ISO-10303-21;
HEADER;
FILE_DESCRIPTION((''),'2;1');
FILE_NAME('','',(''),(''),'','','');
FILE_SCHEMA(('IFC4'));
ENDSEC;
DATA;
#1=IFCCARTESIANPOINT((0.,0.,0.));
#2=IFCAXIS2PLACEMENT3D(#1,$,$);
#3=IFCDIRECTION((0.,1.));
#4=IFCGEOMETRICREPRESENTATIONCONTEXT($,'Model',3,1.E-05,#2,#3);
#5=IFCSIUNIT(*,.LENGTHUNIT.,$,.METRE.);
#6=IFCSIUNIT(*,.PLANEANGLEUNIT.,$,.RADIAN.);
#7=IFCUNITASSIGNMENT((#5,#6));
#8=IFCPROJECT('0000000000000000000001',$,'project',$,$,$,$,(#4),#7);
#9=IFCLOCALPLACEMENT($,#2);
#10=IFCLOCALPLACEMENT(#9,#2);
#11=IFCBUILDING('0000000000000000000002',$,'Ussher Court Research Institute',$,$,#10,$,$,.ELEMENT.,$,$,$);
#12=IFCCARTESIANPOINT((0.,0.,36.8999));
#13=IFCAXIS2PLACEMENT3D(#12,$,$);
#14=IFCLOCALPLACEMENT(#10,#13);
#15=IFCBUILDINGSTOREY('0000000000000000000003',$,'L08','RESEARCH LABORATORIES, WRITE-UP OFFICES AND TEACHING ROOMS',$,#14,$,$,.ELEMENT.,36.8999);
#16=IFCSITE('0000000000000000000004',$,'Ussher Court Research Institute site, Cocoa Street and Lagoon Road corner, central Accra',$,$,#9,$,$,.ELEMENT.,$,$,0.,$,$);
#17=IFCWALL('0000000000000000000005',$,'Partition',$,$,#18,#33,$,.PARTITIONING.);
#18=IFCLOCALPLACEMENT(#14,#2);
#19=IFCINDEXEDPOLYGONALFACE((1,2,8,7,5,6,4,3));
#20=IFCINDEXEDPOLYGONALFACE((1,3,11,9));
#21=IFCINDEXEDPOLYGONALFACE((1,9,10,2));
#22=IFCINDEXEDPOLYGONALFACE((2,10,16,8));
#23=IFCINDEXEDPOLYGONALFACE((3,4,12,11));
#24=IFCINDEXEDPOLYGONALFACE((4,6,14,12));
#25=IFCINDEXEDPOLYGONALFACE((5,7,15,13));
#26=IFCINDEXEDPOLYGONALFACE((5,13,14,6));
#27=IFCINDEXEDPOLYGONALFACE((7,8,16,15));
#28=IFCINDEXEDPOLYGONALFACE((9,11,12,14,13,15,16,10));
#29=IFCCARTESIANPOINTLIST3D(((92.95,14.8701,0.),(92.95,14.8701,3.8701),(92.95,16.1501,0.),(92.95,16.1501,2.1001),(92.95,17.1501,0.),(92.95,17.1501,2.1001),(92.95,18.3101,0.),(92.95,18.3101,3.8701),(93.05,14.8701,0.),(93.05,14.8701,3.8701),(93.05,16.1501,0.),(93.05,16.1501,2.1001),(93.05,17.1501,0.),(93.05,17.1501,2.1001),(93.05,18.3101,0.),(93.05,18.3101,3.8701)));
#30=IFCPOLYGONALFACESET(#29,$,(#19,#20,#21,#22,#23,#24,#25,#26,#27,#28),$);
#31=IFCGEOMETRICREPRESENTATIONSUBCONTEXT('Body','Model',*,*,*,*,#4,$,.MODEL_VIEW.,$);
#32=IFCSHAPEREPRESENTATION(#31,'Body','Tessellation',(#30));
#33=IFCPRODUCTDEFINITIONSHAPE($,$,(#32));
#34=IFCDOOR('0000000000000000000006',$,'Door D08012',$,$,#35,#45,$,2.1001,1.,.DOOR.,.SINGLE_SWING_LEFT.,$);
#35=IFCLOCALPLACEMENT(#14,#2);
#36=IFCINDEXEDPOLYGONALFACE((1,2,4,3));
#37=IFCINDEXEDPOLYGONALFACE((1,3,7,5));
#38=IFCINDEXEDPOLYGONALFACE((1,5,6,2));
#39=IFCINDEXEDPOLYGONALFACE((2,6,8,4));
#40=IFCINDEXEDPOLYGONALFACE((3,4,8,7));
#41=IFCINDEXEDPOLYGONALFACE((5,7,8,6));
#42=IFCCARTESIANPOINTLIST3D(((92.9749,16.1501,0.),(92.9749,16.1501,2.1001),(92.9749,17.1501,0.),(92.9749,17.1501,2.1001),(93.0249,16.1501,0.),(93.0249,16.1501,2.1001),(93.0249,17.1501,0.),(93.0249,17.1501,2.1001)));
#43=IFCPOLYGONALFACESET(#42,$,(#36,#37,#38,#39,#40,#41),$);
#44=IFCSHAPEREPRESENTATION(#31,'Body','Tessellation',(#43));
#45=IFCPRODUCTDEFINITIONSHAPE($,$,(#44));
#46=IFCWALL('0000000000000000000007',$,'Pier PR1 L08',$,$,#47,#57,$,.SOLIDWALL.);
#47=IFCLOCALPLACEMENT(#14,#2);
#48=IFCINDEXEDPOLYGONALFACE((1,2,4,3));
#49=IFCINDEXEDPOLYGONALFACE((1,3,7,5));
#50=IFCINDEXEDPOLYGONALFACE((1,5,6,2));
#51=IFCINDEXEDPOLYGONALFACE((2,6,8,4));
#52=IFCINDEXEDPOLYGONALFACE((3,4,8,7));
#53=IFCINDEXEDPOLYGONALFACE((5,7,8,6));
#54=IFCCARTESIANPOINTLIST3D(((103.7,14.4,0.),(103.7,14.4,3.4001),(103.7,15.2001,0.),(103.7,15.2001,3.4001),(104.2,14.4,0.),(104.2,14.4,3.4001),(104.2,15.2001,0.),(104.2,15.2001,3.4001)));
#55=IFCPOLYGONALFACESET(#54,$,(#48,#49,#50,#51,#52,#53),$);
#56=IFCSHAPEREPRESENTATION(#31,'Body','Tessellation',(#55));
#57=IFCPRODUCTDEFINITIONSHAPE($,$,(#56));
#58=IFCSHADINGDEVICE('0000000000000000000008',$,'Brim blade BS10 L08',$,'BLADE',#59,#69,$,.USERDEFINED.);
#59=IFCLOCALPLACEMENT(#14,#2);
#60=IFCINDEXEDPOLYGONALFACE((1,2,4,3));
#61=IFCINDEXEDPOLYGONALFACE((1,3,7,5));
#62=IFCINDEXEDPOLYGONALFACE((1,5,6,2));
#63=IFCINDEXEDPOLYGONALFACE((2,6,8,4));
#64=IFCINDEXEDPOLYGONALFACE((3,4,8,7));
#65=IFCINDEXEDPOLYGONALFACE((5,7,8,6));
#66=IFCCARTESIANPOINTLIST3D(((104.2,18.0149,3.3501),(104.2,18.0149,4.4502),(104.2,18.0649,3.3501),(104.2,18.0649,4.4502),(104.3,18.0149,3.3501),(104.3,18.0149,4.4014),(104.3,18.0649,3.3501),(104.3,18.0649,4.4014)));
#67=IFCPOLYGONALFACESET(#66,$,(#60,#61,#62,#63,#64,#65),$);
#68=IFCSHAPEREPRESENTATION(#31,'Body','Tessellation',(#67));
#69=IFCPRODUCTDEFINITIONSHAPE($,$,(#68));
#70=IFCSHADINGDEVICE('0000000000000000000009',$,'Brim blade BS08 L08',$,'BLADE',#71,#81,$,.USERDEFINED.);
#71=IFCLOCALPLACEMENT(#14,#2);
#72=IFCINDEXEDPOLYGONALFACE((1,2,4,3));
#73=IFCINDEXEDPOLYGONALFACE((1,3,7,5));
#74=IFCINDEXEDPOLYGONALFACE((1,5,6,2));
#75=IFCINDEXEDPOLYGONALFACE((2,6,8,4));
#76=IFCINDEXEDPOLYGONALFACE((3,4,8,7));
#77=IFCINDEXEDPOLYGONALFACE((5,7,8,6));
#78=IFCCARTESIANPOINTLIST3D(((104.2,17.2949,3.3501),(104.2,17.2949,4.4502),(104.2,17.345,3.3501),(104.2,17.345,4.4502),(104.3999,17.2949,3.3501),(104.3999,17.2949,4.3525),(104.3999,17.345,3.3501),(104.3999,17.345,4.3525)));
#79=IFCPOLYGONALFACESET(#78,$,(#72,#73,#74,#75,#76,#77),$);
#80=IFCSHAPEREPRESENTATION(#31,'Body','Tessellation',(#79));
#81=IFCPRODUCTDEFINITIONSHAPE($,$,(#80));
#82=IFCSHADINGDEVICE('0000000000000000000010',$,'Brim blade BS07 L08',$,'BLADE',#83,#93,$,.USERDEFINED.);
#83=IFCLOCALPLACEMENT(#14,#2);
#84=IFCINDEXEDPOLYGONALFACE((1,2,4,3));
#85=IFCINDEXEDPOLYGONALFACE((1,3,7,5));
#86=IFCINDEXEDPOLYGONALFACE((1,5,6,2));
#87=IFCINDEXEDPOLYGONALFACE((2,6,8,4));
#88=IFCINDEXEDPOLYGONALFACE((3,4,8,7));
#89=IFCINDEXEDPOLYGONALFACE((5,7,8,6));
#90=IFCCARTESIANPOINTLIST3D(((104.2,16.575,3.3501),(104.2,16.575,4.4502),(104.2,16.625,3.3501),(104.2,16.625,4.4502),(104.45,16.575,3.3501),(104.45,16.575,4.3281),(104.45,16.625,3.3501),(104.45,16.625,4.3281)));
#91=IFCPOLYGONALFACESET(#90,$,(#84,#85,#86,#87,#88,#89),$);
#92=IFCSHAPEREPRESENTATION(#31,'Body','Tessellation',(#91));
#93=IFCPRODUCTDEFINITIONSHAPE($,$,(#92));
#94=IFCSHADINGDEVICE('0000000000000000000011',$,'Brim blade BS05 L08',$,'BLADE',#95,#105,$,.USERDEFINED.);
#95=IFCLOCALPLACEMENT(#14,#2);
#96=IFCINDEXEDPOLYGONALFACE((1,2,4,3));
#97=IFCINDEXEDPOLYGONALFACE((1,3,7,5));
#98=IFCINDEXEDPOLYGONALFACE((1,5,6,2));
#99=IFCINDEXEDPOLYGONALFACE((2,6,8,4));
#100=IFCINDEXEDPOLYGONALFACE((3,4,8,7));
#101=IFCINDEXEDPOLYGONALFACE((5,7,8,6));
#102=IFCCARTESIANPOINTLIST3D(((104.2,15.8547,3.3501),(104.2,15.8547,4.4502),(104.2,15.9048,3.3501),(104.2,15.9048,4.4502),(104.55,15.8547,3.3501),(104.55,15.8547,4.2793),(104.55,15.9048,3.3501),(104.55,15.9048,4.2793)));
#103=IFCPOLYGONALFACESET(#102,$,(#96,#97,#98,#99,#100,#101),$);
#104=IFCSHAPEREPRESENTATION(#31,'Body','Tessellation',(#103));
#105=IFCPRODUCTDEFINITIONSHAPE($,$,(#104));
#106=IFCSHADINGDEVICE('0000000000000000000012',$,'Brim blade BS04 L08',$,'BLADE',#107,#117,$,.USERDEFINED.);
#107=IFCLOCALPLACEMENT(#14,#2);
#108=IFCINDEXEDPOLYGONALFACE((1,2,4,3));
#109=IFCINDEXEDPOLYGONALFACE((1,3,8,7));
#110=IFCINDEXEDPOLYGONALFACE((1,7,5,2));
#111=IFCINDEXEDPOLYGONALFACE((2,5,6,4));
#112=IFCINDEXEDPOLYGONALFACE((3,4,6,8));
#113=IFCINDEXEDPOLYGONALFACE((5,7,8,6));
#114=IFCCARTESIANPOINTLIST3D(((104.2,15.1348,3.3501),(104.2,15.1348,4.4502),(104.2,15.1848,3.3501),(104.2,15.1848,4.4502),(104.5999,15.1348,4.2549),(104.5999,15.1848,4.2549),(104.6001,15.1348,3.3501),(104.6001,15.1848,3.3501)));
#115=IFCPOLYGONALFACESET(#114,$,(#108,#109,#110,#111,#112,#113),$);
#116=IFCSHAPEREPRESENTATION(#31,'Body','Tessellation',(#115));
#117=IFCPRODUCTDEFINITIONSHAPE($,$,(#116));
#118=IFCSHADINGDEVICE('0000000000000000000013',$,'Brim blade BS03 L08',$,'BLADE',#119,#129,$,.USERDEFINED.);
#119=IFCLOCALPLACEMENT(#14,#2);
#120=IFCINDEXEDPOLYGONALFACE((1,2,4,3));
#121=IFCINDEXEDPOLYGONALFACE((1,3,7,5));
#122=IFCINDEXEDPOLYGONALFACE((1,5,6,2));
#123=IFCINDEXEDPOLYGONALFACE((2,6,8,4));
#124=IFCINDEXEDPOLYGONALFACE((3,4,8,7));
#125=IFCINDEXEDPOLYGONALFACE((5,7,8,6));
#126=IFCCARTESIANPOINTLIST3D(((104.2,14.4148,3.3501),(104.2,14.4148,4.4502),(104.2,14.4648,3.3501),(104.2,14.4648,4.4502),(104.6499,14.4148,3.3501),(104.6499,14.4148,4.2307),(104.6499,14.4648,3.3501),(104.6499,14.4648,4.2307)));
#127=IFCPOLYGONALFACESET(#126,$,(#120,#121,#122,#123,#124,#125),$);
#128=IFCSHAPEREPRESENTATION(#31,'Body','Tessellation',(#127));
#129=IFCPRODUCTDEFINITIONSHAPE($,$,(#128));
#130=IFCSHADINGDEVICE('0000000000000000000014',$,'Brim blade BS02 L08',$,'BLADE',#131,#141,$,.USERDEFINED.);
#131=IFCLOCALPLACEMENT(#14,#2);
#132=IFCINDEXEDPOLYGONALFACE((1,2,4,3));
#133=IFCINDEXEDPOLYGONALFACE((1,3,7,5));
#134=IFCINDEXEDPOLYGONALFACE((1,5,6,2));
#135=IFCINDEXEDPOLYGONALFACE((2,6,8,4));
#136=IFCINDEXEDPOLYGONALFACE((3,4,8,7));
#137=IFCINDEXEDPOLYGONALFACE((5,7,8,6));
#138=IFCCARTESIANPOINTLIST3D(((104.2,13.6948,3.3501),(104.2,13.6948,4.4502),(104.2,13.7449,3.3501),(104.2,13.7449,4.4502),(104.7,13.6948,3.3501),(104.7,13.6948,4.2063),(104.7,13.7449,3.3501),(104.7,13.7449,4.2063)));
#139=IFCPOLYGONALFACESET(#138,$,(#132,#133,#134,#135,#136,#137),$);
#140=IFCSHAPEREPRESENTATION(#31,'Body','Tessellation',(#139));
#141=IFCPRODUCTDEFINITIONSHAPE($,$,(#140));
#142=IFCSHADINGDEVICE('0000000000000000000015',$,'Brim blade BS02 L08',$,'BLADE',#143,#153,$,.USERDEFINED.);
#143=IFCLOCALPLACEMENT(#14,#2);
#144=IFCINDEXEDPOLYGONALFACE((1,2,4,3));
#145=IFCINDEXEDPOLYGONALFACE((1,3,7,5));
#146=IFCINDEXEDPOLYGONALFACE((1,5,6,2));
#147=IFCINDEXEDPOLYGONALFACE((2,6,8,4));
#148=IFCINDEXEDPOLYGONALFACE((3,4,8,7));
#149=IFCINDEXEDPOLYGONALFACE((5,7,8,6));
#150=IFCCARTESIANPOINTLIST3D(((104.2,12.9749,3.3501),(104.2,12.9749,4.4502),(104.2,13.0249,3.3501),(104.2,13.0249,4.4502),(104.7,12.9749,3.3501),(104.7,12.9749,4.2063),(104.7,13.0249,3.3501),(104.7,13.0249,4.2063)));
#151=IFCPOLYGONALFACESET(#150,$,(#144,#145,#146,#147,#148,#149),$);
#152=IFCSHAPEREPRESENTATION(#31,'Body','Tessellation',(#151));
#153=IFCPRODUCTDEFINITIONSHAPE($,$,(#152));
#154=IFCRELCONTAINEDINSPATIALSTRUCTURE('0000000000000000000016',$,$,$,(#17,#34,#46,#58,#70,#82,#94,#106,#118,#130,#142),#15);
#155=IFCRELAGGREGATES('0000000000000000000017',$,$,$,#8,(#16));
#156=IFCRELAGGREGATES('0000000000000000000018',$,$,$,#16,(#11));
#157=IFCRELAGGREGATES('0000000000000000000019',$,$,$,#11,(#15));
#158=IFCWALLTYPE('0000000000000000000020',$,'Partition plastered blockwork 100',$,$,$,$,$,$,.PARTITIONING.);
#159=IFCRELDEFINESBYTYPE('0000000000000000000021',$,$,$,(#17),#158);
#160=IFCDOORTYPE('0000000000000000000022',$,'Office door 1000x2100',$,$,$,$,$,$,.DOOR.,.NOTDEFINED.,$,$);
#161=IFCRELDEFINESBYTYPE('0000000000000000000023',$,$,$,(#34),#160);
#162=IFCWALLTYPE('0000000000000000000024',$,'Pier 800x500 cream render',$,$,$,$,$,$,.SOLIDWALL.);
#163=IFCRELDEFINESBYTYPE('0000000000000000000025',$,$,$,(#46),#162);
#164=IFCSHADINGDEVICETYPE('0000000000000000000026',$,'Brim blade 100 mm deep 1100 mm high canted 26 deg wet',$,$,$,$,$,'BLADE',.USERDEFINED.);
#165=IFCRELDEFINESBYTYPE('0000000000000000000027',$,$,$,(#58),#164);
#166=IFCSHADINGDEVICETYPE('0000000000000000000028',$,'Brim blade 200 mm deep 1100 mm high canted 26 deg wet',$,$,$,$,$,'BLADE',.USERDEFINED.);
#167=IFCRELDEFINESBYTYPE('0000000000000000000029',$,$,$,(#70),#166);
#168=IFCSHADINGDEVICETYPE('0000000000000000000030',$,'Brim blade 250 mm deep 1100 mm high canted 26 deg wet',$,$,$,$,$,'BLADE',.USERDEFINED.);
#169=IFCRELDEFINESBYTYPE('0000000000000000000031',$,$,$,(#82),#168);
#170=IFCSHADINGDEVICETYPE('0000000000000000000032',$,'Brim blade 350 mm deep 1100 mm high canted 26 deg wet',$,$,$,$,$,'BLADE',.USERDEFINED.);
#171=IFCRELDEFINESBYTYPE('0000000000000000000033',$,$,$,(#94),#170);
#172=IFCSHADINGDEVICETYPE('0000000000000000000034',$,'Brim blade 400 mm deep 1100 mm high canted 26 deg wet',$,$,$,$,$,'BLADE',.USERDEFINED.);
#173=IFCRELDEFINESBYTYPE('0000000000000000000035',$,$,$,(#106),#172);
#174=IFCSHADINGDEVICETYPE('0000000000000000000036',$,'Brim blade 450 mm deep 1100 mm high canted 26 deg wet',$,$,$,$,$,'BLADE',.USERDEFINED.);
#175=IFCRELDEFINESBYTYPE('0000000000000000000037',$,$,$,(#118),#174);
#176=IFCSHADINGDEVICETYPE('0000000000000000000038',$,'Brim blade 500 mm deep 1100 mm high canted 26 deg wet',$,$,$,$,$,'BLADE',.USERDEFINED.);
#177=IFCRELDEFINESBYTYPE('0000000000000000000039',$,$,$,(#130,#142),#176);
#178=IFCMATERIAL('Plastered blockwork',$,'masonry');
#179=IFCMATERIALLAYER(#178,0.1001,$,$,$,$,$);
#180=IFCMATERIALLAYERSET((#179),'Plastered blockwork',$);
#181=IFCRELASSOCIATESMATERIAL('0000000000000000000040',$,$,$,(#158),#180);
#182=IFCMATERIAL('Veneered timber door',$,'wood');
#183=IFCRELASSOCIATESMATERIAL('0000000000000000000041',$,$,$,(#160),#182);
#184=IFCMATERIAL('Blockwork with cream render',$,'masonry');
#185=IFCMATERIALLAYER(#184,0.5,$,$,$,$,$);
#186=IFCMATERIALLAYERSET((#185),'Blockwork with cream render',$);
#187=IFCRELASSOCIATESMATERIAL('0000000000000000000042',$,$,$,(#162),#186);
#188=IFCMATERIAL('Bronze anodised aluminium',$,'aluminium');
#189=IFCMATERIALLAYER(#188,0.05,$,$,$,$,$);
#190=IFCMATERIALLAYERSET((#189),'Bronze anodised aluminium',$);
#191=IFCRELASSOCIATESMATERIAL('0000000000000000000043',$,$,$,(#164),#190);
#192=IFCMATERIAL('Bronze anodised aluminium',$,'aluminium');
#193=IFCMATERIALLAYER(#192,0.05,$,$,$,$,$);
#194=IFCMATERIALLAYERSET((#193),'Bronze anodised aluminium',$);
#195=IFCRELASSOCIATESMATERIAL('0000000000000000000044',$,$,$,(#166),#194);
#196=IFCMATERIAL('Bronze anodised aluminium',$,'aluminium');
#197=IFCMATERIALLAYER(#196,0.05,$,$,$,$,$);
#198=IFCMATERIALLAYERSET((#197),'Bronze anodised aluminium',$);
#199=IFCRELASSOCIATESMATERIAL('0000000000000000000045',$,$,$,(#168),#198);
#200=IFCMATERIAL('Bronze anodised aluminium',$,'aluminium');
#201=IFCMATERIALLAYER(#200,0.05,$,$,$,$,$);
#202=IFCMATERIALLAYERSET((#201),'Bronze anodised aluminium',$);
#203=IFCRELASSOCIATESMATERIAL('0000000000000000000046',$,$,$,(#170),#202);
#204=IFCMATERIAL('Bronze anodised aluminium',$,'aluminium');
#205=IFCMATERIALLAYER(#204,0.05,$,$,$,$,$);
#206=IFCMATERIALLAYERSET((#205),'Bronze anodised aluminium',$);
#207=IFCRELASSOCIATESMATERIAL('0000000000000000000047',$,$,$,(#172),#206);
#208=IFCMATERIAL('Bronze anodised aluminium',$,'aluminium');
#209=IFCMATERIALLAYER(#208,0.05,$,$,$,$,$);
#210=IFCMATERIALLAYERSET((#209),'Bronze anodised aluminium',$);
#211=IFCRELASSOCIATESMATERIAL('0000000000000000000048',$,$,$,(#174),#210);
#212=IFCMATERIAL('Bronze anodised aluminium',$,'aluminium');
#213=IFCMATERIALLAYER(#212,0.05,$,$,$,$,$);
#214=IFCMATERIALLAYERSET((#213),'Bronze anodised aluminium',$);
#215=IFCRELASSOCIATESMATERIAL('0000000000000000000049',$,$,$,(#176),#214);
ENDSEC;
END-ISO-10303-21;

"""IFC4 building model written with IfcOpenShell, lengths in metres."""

from ifc_helpers import new_model, si_unit, direction, frame, frame_2d, origin, place, context, subcontext, project, spatial, polyline, rectangle, outline, extrude, material, layer, layer_set, type_object, element, fill, save


model = new_model("IFC4")

# Units and contexts
model_context = context("Model", 3, precision=1e-05, world=origin(), true_north=direction((0.0, 1.0)))
body_context = subcontext(model_context, "Body", "Model", "MODEL_VIEW")
ifc_project = project(units=[si_unit("LENGTHUNIT", "METRE"), si_unit("PLANEANGLEUNIT", "RADIAN")], contexts=[model_context])

# Site, building, storey
site_placement = place(None, origin())
site = spatial("IfcSite", under=ifc_project, at=site_placement, Name="Ussher Court Research Institute site, Cocoa Street and Lagoon Road corner, central Accra", CompositionType="ELEMENT", RefElevation=0.0)
building_placement = place(site_placement, origin())
building = spatial("IfcBuilding", under=site, at=building_placement, Name="Ussher Court Research Institute", CompositionType="ELEMENT")
storey_placement = place(building_placement, frame((0.0, 0.0, 36.8999)))
storey = spatial("IfcBuildingStorey", under=building, at=storey_placement, Name="L08", Description="RESEARCH LABORATORIES, WRITE-UP OFFICES AND TEACHING ROOMS", CompositionType="ELEMENT", Elevation=36.8999)

# Wall, opening, door
ifc_material_1 = material(Name="Plastered blockwork", Category="masonry")
ifc_layer_1 = layer(ifc_material_1, 0.1001)
ifc_layer_set_1 = layer_set([ifc_layer_1], Name="Plastered blockwork")
wall_type_1 = type_object("IfcWallType", Name="Partition plastered blockwork 100", PredefinedType="PARTITIONING", material=ifc_layer_set_1)
wall_1_placement = place(storey_placement, frame((93.0, 18.3101, 0.0), z_axis=(0.0, 0.0, 1.0), x_axis=(0.0, -1.0, 0.0)))
wall_1 = element("IfcWall", 1, at=wall_1_placement, inside=storey, type_object=wall_type_1, Name="Partition", PredefinedType="PARTITIONING", context=body_context, shape_type="SweptSolid", body=[
    extrude(rectangle(XDim=3.4399, YDim=0.1001, at=frame_2d((1.72, 0.0))), origin(), (0.0, 0.0, 1.0), 3.8701),
])
opening_1_placement = place(wall_1_placement, frame((1.1599, 0.0, 0.0)))
opening_1 = element("IfcOpeningElement", 2, at=opening_1_placement, cuts=wall_1, PredefinedType="OPENING", context=body_context, shape_type="SweptSolid", body=[
    extrude(rectangle(XDim=1.0, YDim=2.1001, at=frame_2d((0.5, 1.05))), frame((0.0, 0.0601, 0.0), z_axis=(0.0, -1.0, 0.0), x_axis=(1.0, 0.0, 0.0)), (0.0, 0.0, 1.0), 0.1201),
])
ifc_material_2 = material(Name="Veneered timber door", Category="wood")
door_type_1 = type_object("IfcDoorType", Name="Office door 1000x2100", OperationType="NOTDEFINED", PredefinedType="DOOR", material=ifc_material_2)
door_1_placement = place(opening_1_placement, origin())
door_1 = element("IfcDoor", 3, at=door_1_placement, inside=storey, type_object=door_type_1, Name="Door D08012", OperationType="SINGLE_SWING_LEFT", OverallHeight=2.1001, OverallWidth=1.0, PredefinedType="DOOR", context=body_context, shape_type="SweptSolid", body=[
    extrude(rectangle(XDim=1.0, YDim=2.1001, at=frame_2d((0.5, 1.05))), frame((0.0, 0.0249, 0.0), z_axis=(0.0, -1.0, 0.0), x_axis=(1.0, 0.0, 0.0)), (0.0, 0.0, 1.0), 0.05),
])
fill(opening_1, door_1)

# Wall
ifc_material_3 = material(Name="Blockwork with cream render", Category="masonry")
ifc_layer_2 = layer(ifc_material_3, 0.5)
ifc_layer_set_2 = layer_set([ifc_layer_2], Name="Blockwork with cream render")
wall_type_2 = type_object("IfcWallType", Name="Pier 800x500 cream render", PredefinedType="SOLIDWALL", material=ifc_layer_set_2)
wall_2_placement = place(storey_placement, frame((103.95, 15.2, 0.0), z_axis=(0.0, 0.0, 1.0), x_axis=(0.0, -1.0, 0.0)))
element("IfcWall", 4, at=wall_2_placement, inside=storey, type_object=wall_type_2, Name="Pier PR1 L08", PredefinedType="SOLIDWALL", context=body_context, shape_type="SweptSolid", body=[
    extrude(rectangle(XDim=0.8, YDim=0.5, at=frame_2d((0.3999, 0.0))), origin(), (0.0, 0.0, 1.0), 3.4001),
])

# Shading devices
ifc_material_4 = material(Name="Bronze anodised aluminium", Category="aluminium")
ifc_layer_3 = layer(ifc_material_4, 0.05)
ifc_layer_set_3 = layer_set([ifc_layer_3], Name="Bronze anodised aluminium")
shading_device_type_1 = type_object("IfcShadingDeviceType", Name="Brim blade 100 mm deep 1100 mm high canted 26 deg wet", ElementType="BLADE", PredefinedType="USERDEFINED", material=ifc_layer_set_3)
shading_device_1_placement = place(storey_placement, frame((104.2, 18.04, 3.3501), z_axis=(0.0, 0.0, 1.0), x_axis=(1.0, 0.0, 0.0)))
element("IfcShadingDevice", 5, at=shading_device_1_placement, inside=storey, type_object=shading_device_type_1, Name="Brim blade BS10 L08", ObjectType="BLADE", PredefinedType="USERDEFINED", context=body_context, shape_type="SweptSolid", body=[
    extrude(outline(polyline([(0.0, 0.0), (0.1001, 0.0), (0.1001, 1.0513), (0.0, 1.1001), (0.0, 0.0)])), frame((0.0, 0.0249, 0.0), z_axis=(0.0, -1.0, 0.0), x_axis=(1.0, 0.0, 0.0)), (0.0, 0.0, 1.0), 0.05),
])
ifc_material_5 = material(Name="Bronze anodised aluminium", Category="aluminium")
ifc_layer_4 = layer(ifc_material_5, 0.05)
ifc_layer_set_4 = layer_set([ifc_layer_4], Name="Bronze anodised aluminium")
shading_device_type_2 = type_object("IfcShadingDeviceType", Name="Brim blade 200 mm deep 1100 mm high canted 26 deg wet", ElementType="BLADE", PredefinedType="USERDEFINED", material=ifc_layer_set_4)
shading_device_2_placement = place(storey_placement, frame((104.2, 17.3201, 3.3501), z_axis=(0.0, 0.0, 1.0), x_axis=(1.0, 0.0, 0.0)))
element("IfcShadingDevice", 6, at=shading_device_2_placement, inside=storey, type_object=shading_device_type_2, Name="Brim blade BS08 L08", ObjectType="BLADE", PredefinedType="USERDEFINED", context=body_context, shape_type="SweptSolid", body=[
    extrude(outline(polyline([(0.0, 0.0), (0.2, 0.0), (0.2, 1.0024), (0.0, 1.1001), (0.0, 0.0)])), frame((0.0, 0.0249, 0.0), z_axis=(0.0, -1.0, 0.0), x_axis=(1.0, 0.0, 0.0)), (0.0, 0.0, 1.0), 0.05),
])
ifc_material_6 = material(Name="Bronze anodised aluminium", Category="aluminium")
ifc_layer_5 = layer(ifc_material_6, 0.05)
ifc_layer_set_5 = layer_set([ifc_layer_5], Name="Bronze anodised aluminium")
shading_device_type_3 = type_object("IfcShadingDeviceType", Name="Brim blade 250 mm deep 1100 mm high canted 26 deg wet", ElementType="BLADE", PredefinedType="USERDEFINED", material=ifc_layer_set_5)
shading_device_3_placement = place(storey_placement, frame((104.2, 16.6001, 3.3501), z_axis=(0.0, 0.0, 1.0), x_axis=(1.0, 0.0, 0.0)))
element("IfcShadingDevice", 7, at=shading_device_3_placement, inside=storey, type_object=shading_device_type_3, Name="Brim blade BS07 L08", ObjectType="BLADE", PredefinedType="USERDEFINED", context=body_context, shape_type="SweptSolid", body=[
    extrude(outline(polyline([(0.0, 0.0), (0.25, 0.0), (0.25, 0.978), (0.0, 1.1001), (0.0, 0.0)])), frame((0.0, 0.0249, 0.0), z_axis=(0.0, -1.0, 0.0), x_axis=(1.0, 0.0, 0.0)), (0.0, 0.0, 1.0), 0.05),
])
ifc_material_7 = material(Name="Bronze anodised aluminium", Category="aluminium")
ifc_layer_6 = layer(ifc_material_7, 0.05)
ifc_layer_set_6 = layer_set([ifc_layer_6], Name="Bronze anodised aluminium")
shading_device_type_4 = type_object("IfcShadingDeviceType", Name="Brim blade 350 mm deep 1100 mm high canted 26 deg wet", ElementType="BLADE", PredefinedType="USERDEFINED", material=ifc_layer_set_6)
shading_device_4_placement = place(storey_placement, frame((104.2, 15.8799, 3.3501), z_axis=(0.0, 0.0, 1.0), x_axis=(1.0, 0.0, 0.0)))
element("IfcShadingDevice", 8, at=shading_device_4_placement, inside=storey, type_object=shading_device_type_4, Name="Brim blade BS05 L08", ObjectType="BLADE", PredefinedType="USERDEFINED", context=body_context, shape_type="SweptSolid", body=[
    extrude(outline(polyline([(0.0, 0.0), (0.3501, 0.0), (0.3501, 0.9292), (0.0, 1.1001), (0.0, 0.0)])), frame((0.0, 0.0249, 0.0), z_axis=(0.0, -1.0, 0.0), x_axis=(1.0, 0.0, 0.0)), (0.0, 0.0, 1.0), 0.05),
])
ifc_material_8 = material(Name="Bronze anodised aluminium", Category="aluminium")
ifc_layer_7 = layer(ifc_material_8, 0.05)
ifc_layer_set_7 = layer_set([ifc_layer_7], Name="Bronze anodised aluminium")
shading_device_type_5 = type_object("IfcShadingDeviceType", Name="Brim blade 400 mm deep 1100 mm high canted 26 deg wet", ElementType="BLADE", PredefinedType="USERDEFINED", material=ifc_layer_set_7)
shading_device_5_placement = place(storey_placement, frame((104.2, 15.1599, 3.3501), z_axis=(0.0, 0.0, 1.0), x_axis=(1.0, 0.0, 0.0)))
element("IfcShadingDevice", 9, at=shading_device_5_placement, inside=storey, type_object=shading_device_type_5, Name="Brim blade BS04 L08", ObjectType="BLADE", PredefinedType="USERDEFINED", context=body_context, shape_type="SweptSolid", body=[
    extrude(outline(polyline([(0.0, 0.0), (0.4001, 0.0), (0.3999, 0.9048), (0.0, 1.1001), (0.0, 0.0)])), frame((0.0, 0.0249, 0.0), z_axis=(0.0, -1.0, 0.0), x_axis=(1.0, 0.0, 0.0)), (0.0, 0.0, 1.0), 0.05),
])
ifc_material_9 = material(Name="Bronze anodised aluminium", Category="aluminium")
ifc_layer_8 = layer(ifc_material_9, 0.05)
ifc_layer_set_8 = layer_set([ifc_layer_8], Name="Bronze anodised aluminium")
shading_device_type_6 = type_object("IfcShadingDeviceType", Name="Brim blade 450 mm deep 1100 mm high canted 26 deg wet", ElementType="BLADE", PredefinedType="USERDEFINED", material=ifc_layer_set_8)
shading_device_6_placement = place(storey_placement, frame((104.2, 14.4399, 3.3501), z_axis=(0.0, 0.0, 1.0), x_axis=(1.0, 0.0, 0.0)))
element("IfcShadingDevice", 10, at=shading_device_6_placement, inside=storey, type_object=shading_device_type_6, Name="Brim blade BS03 L08", ObjectType="BLADE", PredefinedType="USERDEFINED", context=body_context, shape_type="SweptSolid", body=[
    extrude(outline(polyline([(0.0, 0.0), (0.45, 0.0), (0.45, 0.8806), (0.0, 1.1001), (0.0, 0.0)])), frame((0.0, 0.0249, 0.0), z_axis=(0.0, -1.0, 0.0), x_axis=(1.0, 0.0, 0.0)), (0.0, 0.0, 1.0), 0.05),
])
ifc_material_10 = material(Name="Bronze anodised aluminium", Category="aluminium")
ifc_layer_9 = layer(ifc_material_10, 0.05)
ifc_layer_set_9 = layer_set([ifc_layer_9], Name="Bronze anodised aluminium")
shading_device_type_7 = type_object("IfcShadingDeviceType", Name="Brim blade 500 mm deep 1100 mm high canted 26 deg wet", ElementType="BLADE", PredefinedType="USERDEFINED", material=ifc_layer_set_9)
for number, where, z_axis, x_axis, name in (
    (11, (104.2, 13.72, 3.3501), (0.0, 0.0, 1.0), (1.0, 0.0, 0.0), "Brim blade BS02 L08"),
    (12, (104.2, 13.0, 3.3501), (0.0, 0.0, 1.0), (1.0, 0.0, 0.0), "Brim blade BS02 L08"),
):
    element("IfcShadingDevice", number, at=place(storey_placement, frame(where, z_axis=z_axis, x_axis=x_axis)), inside=storey, type_object=shading_device_type_7, Name=name, ObjectType="BLADE", PredefinedType="USERDEFINED", context=body_context, shape_type="SweptSolid", body=[
        extrude(outline(polyline([(0.0, 0.0), (0.5, 0.0), (0.5, 0.8562), (0.0, 1.1001), (0.0, 0.0)])), frame((0.0, 0.0249, 0.0), z_axis=(0.0, -1.0, 0.0), x_axis=(1.0, 0.0, 0.0)), (0.0, 0.0, 1.0), 0.05),
    ])

save(model, "model.ifc")
